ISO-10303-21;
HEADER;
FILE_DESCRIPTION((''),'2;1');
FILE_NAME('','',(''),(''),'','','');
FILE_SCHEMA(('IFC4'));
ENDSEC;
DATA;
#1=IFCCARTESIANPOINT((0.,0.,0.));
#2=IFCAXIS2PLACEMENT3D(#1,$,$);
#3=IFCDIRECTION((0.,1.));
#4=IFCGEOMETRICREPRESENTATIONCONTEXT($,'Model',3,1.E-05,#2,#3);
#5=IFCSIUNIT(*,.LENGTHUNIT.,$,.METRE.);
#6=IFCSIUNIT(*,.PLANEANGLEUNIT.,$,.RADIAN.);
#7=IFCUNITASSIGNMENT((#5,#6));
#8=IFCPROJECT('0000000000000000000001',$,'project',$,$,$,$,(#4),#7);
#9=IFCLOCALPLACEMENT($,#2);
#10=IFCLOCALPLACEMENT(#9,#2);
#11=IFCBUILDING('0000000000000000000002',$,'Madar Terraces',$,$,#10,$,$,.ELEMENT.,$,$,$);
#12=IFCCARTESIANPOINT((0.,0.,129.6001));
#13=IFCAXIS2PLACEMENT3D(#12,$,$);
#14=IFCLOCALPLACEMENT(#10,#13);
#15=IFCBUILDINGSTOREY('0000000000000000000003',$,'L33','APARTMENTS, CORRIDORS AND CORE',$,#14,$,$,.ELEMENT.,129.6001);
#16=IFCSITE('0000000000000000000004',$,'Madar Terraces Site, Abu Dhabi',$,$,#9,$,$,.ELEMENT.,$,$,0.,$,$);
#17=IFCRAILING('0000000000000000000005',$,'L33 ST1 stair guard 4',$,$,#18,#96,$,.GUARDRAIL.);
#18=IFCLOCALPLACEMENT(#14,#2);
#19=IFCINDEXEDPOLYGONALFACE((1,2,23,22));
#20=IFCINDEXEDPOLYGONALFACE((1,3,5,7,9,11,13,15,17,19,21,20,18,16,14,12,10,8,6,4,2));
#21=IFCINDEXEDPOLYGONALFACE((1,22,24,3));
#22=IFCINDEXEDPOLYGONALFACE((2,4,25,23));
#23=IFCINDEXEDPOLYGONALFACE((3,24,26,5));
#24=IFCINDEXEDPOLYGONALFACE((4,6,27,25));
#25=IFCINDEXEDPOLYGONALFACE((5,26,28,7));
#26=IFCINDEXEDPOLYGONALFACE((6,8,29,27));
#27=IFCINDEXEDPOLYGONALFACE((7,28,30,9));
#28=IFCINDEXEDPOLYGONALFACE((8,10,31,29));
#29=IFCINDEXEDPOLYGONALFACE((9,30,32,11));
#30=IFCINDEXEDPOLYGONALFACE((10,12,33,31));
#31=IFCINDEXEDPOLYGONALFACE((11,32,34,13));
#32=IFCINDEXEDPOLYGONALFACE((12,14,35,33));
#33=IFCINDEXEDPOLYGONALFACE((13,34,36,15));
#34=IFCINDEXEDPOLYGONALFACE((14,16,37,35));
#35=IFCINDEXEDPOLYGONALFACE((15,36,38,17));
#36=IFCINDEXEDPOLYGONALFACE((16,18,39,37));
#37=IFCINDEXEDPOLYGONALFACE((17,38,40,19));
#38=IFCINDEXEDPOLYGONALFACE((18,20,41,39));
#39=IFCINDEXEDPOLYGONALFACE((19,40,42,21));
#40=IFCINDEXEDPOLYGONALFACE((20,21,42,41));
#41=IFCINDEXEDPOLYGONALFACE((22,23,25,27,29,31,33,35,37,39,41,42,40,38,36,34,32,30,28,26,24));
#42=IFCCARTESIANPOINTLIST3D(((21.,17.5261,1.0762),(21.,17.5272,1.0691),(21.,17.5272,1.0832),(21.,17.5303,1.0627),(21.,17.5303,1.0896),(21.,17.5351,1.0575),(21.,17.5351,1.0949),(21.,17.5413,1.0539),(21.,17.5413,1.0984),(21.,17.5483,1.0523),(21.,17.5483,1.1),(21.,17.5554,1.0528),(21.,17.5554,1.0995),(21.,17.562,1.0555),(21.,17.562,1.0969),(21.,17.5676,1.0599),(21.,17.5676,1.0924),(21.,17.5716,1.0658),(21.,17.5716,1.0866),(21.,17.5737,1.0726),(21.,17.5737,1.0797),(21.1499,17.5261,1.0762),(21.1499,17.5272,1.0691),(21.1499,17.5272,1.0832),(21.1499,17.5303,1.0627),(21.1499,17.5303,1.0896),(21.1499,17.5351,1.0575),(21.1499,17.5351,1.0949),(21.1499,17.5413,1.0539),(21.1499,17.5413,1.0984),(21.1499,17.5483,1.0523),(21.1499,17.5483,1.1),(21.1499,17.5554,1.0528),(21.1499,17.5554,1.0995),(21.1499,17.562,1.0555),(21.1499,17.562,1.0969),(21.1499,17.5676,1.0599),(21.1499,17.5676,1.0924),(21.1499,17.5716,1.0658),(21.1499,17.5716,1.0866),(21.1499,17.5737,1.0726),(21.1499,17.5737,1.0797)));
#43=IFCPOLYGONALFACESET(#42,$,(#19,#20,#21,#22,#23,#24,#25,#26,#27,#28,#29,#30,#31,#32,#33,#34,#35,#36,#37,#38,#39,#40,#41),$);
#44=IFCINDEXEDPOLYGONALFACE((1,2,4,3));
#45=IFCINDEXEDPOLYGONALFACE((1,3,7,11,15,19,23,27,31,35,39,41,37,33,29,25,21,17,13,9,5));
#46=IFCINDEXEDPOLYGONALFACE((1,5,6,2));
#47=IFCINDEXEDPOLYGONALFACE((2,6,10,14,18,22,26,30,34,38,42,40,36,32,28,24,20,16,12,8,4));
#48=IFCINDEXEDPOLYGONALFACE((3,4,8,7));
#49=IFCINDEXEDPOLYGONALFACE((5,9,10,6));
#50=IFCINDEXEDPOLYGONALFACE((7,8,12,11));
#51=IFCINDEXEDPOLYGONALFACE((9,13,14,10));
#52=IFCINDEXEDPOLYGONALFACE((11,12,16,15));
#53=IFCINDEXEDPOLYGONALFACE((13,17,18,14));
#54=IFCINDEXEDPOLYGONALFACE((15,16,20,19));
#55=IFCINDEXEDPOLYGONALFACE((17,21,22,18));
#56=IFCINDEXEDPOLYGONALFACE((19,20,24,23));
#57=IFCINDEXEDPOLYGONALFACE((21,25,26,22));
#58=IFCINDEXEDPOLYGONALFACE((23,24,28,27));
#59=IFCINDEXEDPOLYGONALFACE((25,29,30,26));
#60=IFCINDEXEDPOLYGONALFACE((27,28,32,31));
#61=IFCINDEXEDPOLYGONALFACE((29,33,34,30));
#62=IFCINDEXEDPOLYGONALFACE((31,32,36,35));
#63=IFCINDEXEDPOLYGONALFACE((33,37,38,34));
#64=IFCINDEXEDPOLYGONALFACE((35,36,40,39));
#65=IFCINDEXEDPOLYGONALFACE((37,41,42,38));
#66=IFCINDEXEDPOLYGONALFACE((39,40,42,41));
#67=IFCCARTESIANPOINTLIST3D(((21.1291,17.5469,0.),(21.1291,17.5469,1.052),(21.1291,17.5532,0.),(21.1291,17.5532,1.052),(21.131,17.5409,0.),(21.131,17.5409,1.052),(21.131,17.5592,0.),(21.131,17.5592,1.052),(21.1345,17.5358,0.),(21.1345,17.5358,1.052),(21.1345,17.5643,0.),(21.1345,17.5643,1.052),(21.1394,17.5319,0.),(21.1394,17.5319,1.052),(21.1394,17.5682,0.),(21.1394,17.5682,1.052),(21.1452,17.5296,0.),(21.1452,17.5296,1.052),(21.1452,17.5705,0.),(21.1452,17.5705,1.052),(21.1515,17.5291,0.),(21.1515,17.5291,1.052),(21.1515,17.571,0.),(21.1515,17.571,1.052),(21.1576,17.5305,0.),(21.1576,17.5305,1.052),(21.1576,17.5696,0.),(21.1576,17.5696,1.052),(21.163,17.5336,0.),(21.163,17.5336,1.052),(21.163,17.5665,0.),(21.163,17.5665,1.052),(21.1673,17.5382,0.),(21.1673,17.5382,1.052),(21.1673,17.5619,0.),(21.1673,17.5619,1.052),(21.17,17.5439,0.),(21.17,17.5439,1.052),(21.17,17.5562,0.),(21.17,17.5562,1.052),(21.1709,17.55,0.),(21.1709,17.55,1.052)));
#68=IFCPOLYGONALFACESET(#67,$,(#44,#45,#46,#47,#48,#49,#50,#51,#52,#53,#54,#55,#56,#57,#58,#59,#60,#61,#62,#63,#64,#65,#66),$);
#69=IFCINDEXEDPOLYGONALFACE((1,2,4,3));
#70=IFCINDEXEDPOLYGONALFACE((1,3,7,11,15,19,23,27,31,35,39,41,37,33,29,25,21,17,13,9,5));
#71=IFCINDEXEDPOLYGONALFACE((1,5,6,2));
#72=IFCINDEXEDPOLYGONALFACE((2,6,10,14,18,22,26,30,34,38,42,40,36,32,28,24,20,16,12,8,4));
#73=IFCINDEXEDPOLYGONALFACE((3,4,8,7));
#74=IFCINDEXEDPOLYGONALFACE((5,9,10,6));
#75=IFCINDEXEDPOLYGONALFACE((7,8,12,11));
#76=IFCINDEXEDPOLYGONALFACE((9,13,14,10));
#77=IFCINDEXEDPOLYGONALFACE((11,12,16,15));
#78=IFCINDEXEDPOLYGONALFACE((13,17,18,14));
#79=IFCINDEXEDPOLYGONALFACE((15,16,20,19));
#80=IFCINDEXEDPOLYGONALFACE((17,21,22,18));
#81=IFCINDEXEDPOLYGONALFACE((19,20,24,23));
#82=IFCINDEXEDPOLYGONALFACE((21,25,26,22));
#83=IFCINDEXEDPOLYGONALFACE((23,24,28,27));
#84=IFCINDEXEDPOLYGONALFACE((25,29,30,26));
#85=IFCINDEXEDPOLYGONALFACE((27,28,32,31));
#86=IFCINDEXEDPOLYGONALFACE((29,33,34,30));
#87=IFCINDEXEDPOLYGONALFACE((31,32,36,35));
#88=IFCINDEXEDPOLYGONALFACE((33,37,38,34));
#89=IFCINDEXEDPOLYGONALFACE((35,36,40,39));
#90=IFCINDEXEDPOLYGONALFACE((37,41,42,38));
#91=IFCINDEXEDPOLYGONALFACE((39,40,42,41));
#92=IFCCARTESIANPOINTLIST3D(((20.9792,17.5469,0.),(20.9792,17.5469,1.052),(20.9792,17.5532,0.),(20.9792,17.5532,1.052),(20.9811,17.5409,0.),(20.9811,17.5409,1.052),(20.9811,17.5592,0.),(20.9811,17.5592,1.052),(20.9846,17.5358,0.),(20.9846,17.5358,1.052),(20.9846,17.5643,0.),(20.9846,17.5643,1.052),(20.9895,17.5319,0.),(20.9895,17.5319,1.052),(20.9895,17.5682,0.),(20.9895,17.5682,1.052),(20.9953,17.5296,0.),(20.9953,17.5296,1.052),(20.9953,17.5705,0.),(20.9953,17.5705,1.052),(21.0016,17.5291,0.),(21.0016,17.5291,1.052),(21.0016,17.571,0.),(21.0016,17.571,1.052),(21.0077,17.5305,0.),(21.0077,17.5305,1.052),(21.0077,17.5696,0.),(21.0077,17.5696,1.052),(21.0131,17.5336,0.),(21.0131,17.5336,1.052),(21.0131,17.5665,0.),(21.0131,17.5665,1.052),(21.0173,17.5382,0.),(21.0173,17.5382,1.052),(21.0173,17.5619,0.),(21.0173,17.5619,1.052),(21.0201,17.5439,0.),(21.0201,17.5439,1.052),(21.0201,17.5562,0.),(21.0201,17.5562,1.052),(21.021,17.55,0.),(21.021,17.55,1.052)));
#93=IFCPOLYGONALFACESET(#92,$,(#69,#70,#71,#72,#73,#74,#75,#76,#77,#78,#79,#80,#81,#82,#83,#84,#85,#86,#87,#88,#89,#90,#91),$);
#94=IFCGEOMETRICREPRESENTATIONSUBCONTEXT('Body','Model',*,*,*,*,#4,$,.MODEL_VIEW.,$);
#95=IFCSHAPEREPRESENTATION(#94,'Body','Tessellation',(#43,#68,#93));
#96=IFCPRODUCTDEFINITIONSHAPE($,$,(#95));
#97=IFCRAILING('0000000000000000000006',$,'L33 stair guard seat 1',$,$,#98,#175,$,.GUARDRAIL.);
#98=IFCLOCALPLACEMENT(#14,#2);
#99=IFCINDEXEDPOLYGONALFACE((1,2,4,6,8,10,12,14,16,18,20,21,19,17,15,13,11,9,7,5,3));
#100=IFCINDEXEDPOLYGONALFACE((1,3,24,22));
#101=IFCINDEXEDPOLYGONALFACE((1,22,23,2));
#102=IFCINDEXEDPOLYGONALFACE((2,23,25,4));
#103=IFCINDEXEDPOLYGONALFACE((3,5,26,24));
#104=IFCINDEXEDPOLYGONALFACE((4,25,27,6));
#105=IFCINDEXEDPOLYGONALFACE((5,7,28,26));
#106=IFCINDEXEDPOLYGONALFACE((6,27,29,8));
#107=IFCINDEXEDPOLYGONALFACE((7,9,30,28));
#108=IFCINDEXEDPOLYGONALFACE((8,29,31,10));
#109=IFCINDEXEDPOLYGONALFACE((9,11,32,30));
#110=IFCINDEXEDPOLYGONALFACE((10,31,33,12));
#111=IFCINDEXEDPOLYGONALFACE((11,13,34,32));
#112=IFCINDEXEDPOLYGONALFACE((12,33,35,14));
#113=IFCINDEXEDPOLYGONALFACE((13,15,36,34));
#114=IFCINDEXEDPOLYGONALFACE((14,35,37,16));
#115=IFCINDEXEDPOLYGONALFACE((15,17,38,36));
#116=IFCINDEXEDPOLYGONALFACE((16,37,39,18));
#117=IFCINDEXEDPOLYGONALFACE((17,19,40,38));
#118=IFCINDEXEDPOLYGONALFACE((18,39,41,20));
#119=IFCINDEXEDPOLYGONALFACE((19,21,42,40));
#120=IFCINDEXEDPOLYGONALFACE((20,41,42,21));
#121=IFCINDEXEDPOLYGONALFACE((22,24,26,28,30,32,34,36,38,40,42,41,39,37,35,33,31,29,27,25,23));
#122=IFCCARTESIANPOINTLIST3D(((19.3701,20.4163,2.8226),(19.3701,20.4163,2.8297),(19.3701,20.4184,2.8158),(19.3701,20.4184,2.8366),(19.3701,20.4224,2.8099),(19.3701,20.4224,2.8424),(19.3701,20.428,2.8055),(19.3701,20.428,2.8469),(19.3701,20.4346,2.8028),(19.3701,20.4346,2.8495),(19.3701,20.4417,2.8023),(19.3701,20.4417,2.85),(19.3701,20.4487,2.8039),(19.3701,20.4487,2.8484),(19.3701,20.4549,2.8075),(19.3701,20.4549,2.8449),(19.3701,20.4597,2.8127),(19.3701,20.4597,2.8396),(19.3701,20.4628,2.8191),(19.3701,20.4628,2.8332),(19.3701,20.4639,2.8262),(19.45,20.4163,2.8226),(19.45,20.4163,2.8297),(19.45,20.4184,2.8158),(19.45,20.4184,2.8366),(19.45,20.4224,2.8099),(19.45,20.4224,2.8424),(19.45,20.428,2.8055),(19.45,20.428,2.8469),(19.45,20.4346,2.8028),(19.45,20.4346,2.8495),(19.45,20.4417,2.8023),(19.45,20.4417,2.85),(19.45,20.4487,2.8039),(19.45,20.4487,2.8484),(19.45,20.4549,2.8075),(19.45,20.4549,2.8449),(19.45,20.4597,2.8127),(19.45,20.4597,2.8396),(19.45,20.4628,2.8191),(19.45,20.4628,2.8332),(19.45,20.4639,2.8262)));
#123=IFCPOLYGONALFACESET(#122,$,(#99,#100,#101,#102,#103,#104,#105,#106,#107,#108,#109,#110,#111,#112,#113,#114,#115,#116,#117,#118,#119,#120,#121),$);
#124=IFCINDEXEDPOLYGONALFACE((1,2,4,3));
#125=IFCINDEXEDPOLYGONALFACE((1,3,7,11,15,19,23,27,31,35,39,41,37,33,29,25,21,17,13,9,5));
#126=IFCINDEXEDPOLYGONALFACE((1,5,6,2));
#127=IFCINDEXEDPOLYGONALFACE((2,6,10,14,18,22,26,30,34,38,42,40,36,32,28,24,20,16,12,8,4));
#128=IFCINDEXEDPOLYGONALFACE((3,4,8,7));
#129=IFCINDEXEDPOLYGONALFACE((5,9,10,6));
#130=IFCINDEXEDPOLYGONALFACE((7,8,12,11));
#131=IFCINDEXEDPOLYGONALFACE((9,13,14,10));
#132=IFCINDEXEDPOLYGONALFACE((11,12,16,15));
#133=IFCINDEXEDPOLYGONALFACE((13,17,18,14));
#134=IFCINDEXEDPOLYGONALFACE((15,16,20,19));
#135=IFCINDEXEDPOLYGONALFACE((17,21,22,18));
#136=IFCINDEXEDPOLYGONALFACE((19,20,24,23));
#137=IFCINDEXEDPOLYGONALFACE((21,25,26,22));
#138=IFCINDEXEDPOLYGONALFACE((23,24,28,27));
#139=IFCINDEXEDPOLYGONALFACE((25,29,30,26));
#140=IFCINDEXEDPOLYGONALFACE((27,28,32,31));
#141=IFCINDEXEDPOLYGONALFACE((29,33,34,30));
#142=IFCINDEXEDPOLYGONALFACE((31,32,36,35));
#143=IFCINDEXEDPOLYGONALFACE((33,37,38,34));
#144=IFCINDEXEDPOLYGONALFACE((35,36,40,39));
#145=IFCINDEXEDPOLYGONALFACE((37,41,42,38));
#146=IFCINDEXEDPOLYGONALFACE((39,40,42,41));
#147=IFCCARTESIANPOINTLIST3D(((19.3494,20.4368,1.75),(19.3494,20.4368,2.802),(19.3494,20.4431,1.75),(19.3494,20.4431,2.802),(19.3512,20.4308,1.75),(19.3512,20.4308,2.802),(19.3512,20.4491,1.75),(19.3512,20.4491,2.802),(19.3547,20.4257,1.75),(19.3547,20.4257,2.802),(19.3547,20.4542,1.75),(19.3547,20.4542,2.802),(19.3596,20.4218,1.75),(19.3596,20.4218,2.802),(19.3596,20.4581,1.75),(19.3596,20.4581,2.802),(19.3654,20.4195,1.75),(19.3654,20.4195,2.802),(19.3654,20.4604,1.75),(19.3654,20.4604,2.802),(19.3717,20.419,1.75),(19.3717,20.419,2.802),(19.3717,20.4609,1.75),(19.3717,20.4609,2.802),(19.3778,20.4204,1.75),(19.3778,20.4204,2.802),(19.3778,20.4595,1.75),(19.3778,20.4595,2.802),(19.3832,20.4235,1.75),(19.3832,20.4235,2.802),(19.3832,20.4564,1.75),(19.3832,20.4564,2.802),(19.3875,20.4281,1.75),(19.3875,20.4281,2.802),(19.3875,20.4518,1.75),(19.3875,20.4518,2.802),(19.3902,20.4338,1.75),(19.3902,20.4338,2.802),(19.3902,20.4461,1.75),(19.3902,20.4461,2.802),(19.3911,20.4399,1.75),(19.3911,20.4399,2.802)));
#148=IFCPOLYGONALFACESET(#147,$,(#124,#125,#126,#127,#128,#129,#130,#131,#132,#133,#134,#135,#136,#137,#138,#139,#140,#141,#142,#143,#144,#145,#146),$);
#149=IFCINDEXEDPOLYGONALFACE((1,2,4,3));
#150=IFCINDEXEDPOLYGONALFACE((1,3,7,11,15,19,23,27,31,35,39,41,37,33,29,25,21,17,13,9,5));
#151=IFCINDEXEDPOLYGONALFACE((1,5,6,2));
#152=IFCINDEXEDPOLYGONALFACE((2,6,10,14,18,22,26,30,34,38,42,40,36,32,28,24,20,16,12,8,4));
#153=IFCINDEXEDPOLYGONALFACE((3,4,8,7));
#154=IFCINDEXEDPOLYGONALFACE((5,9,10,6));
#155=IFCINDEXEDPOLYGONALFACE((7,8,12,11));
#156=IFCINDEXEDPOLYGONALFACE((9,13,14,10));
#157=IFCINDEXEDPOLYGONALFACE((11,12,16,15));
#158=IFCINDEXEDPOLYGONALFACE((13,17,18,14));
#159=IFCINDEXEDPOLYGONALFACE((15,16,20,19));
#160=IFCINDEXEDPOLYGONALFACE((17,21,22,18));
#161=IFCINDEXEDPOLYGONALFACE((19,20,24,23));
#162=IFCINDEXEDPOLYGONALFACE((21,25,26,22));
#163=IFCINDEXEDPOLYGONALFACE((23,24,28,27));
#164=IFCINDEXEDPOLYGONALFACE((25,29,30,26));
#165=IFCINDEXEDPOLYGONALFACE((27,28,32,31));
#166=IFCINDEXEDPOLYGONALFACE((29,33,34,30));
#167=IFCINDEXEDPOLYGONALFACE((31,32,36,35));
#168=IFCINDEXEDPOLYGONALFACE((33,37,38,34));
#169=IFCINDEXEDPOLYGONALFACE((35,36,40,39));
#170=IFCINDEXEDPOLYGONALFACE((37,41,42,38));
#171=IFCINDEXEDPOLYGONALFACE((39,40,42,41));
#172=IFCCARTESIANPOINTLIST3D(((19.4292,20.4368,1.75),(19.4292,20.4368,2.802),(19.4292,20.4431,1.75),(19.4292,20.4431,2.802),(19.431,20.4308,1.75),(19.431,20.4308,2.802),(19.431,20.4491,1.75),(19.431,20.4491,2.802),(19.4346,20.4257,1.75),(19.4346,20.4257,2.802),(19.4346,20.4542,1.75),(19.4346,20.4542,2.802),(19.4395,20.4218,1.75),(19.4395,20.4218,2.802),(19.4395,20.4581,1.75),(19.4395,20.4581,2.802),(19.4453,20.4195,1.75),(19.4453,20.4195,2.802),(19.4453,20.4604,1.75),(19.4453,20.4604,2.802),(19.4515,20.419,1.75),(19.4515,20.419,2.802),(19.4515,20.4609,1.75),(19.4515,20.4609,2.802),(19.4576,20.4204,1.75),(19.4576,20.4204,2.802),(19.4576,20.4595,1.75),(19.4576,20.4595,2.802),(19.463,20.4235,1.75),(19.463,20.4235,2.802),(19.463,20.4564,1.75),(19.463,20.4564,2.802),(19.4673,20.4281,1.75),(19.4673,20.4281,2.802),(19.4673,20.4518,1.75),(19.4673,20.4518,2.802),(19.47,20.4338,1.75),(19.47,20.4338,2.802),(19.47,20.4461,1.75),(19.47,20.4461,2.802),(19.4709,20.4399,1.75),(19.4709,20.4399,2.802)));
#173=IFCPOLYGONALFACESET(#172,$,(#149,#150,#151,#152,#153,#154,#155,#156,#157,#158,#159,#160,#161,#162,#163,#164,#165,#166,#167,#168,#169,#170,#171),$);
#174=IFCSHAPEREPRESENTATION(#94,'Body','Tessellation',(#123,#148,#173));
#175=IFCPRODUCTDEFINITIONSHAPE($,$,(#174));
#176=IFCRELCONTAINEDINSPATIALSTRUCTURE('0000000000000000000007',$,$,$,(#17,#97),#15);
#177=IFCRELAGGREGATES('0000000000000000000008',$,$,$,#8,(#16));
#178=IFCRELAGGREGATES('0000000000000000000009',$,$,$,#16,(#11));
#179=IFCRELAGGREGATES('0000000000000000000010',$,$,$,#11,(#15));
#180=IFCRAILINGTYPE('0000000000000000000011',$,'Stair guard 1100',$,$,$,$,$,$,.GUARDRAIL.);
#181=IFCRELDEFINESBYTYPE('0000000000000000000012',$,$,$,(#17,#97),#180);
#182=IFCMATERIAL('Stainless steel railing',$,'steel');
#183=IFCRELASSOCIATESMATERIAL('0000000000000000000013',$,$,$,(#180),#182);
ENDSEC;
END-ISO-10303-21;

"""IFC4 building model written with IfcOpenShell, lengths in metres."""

from ifc_helpers import new_model, si_unit, direction, frame, origin, origin_2d, place, context, subcontext, project, spatial, circle, extrude, material, type_object, element, save


model = new_model("IFC4")

# Units and contexts
model_context = context("Model", 3, precision=1e-05, world=origin(), true_north=direction((0.0, 1.0)))
body_context = subcontext(model_context, "Body", "Model", "MODEL_VIEW")
ifc_project = project(units=[si_unit("LENGTHUNIT", "METRE"), si_unit("PLANEANGLEUNIT", "RADIAN")], contexts=[model_context])

# Site, building, storey
site_placement = place(None, origin())
site = spatial("IfcSite", under=ifc_project, at=site_placement, Name="Madar Terraces Site, Abu Dhabi", CompositionType="ELEMENT", RefElevation=0.0)
building_placement = place(site_placement, origin())
building = spatial("IfcBuilding", under=site, at=building_placement, Name="Madar Terraces", CompositionType="ELEMENT")
storey_placement = place(building_placement, frame((0.0, 0.0, 129.6001)))
storey = spatial("IfcBuildingStorey", under=building, at=storey_placement, Name="L33", Description="APARTMENTS, CORRIDORS AND CORE", CompositionType="ELEMENT", Elevation=129.6001)

# Railings
ifc_material_1 = material(Name="Stainless steel railing", Category="steel")
railing_type_1 = type_object("IfcRailingType", Name="Stair guard 1100", PredefinedType="GUARDRAIL", material=ifc_material_1)
railing_1_placement = place(storey_placement, frame((21.1499, 17.55, 0.0)))
element("IfcRailing", 1, at=railing_1_placement, inside=storey, type_object=railing_type_1, Name="L33 ST1 stair guard 4", PredefinedType="GUARDRAIL", context=body_context, shape_type="SweptSolid", body=[
    extrude(circle(Radius=0.0239, at=origin_2d()), frame((0.0, 0.0, 1.0762), z_axis=(-1.0, 0.0, 0.0), x_axis=(0.0, -1.0, 0.0)), (0.0, 0.0, 1.0), 0.1499),
    extrude(circle(Radius=0.021, at=origin_2d()), origin(), (0.0, 0.0, 1.0), 1.052),
    extrude(circle(Radius=0.021, at=origin_2d()), frame((-0.1499, 0.0, 0.0)), (0.0, 0.0, 1.0), 1.052),
])
railing_2_placement = place(storey_placement, frame((19.3701, 20.4399, 1.75)))
element("IfcRailing", 2, at=railing_2_placement, inside=storey, type_object=railing_type_1, Name="L33 stair guard seat 1", PredefinedType="GUARDRAIL", context=body_context, shape_type="SweptSolid", body=[
    extrude(circle(Radius=0.0239, at=origin_2d()), frame((0.0, 0.0, 1.0762), z_axis=(1.0, 0.0, 0.0), x_axis=(0.0, 1.0, 0.0)), (0.0, 0.0, 1.0), 0.0798),
    extrude(circle(Radius=0.021, at=origin_2d()), origin(), (0.0, 0.0, 1.0), 1.052),
    extrude(circle(Radius=0.021, at=origin_2d()), frame((0.0798, 0.0, 0.0)), (0.0, 0.0, 1.0), 1.052),
])

save(model, "model.ifc")
